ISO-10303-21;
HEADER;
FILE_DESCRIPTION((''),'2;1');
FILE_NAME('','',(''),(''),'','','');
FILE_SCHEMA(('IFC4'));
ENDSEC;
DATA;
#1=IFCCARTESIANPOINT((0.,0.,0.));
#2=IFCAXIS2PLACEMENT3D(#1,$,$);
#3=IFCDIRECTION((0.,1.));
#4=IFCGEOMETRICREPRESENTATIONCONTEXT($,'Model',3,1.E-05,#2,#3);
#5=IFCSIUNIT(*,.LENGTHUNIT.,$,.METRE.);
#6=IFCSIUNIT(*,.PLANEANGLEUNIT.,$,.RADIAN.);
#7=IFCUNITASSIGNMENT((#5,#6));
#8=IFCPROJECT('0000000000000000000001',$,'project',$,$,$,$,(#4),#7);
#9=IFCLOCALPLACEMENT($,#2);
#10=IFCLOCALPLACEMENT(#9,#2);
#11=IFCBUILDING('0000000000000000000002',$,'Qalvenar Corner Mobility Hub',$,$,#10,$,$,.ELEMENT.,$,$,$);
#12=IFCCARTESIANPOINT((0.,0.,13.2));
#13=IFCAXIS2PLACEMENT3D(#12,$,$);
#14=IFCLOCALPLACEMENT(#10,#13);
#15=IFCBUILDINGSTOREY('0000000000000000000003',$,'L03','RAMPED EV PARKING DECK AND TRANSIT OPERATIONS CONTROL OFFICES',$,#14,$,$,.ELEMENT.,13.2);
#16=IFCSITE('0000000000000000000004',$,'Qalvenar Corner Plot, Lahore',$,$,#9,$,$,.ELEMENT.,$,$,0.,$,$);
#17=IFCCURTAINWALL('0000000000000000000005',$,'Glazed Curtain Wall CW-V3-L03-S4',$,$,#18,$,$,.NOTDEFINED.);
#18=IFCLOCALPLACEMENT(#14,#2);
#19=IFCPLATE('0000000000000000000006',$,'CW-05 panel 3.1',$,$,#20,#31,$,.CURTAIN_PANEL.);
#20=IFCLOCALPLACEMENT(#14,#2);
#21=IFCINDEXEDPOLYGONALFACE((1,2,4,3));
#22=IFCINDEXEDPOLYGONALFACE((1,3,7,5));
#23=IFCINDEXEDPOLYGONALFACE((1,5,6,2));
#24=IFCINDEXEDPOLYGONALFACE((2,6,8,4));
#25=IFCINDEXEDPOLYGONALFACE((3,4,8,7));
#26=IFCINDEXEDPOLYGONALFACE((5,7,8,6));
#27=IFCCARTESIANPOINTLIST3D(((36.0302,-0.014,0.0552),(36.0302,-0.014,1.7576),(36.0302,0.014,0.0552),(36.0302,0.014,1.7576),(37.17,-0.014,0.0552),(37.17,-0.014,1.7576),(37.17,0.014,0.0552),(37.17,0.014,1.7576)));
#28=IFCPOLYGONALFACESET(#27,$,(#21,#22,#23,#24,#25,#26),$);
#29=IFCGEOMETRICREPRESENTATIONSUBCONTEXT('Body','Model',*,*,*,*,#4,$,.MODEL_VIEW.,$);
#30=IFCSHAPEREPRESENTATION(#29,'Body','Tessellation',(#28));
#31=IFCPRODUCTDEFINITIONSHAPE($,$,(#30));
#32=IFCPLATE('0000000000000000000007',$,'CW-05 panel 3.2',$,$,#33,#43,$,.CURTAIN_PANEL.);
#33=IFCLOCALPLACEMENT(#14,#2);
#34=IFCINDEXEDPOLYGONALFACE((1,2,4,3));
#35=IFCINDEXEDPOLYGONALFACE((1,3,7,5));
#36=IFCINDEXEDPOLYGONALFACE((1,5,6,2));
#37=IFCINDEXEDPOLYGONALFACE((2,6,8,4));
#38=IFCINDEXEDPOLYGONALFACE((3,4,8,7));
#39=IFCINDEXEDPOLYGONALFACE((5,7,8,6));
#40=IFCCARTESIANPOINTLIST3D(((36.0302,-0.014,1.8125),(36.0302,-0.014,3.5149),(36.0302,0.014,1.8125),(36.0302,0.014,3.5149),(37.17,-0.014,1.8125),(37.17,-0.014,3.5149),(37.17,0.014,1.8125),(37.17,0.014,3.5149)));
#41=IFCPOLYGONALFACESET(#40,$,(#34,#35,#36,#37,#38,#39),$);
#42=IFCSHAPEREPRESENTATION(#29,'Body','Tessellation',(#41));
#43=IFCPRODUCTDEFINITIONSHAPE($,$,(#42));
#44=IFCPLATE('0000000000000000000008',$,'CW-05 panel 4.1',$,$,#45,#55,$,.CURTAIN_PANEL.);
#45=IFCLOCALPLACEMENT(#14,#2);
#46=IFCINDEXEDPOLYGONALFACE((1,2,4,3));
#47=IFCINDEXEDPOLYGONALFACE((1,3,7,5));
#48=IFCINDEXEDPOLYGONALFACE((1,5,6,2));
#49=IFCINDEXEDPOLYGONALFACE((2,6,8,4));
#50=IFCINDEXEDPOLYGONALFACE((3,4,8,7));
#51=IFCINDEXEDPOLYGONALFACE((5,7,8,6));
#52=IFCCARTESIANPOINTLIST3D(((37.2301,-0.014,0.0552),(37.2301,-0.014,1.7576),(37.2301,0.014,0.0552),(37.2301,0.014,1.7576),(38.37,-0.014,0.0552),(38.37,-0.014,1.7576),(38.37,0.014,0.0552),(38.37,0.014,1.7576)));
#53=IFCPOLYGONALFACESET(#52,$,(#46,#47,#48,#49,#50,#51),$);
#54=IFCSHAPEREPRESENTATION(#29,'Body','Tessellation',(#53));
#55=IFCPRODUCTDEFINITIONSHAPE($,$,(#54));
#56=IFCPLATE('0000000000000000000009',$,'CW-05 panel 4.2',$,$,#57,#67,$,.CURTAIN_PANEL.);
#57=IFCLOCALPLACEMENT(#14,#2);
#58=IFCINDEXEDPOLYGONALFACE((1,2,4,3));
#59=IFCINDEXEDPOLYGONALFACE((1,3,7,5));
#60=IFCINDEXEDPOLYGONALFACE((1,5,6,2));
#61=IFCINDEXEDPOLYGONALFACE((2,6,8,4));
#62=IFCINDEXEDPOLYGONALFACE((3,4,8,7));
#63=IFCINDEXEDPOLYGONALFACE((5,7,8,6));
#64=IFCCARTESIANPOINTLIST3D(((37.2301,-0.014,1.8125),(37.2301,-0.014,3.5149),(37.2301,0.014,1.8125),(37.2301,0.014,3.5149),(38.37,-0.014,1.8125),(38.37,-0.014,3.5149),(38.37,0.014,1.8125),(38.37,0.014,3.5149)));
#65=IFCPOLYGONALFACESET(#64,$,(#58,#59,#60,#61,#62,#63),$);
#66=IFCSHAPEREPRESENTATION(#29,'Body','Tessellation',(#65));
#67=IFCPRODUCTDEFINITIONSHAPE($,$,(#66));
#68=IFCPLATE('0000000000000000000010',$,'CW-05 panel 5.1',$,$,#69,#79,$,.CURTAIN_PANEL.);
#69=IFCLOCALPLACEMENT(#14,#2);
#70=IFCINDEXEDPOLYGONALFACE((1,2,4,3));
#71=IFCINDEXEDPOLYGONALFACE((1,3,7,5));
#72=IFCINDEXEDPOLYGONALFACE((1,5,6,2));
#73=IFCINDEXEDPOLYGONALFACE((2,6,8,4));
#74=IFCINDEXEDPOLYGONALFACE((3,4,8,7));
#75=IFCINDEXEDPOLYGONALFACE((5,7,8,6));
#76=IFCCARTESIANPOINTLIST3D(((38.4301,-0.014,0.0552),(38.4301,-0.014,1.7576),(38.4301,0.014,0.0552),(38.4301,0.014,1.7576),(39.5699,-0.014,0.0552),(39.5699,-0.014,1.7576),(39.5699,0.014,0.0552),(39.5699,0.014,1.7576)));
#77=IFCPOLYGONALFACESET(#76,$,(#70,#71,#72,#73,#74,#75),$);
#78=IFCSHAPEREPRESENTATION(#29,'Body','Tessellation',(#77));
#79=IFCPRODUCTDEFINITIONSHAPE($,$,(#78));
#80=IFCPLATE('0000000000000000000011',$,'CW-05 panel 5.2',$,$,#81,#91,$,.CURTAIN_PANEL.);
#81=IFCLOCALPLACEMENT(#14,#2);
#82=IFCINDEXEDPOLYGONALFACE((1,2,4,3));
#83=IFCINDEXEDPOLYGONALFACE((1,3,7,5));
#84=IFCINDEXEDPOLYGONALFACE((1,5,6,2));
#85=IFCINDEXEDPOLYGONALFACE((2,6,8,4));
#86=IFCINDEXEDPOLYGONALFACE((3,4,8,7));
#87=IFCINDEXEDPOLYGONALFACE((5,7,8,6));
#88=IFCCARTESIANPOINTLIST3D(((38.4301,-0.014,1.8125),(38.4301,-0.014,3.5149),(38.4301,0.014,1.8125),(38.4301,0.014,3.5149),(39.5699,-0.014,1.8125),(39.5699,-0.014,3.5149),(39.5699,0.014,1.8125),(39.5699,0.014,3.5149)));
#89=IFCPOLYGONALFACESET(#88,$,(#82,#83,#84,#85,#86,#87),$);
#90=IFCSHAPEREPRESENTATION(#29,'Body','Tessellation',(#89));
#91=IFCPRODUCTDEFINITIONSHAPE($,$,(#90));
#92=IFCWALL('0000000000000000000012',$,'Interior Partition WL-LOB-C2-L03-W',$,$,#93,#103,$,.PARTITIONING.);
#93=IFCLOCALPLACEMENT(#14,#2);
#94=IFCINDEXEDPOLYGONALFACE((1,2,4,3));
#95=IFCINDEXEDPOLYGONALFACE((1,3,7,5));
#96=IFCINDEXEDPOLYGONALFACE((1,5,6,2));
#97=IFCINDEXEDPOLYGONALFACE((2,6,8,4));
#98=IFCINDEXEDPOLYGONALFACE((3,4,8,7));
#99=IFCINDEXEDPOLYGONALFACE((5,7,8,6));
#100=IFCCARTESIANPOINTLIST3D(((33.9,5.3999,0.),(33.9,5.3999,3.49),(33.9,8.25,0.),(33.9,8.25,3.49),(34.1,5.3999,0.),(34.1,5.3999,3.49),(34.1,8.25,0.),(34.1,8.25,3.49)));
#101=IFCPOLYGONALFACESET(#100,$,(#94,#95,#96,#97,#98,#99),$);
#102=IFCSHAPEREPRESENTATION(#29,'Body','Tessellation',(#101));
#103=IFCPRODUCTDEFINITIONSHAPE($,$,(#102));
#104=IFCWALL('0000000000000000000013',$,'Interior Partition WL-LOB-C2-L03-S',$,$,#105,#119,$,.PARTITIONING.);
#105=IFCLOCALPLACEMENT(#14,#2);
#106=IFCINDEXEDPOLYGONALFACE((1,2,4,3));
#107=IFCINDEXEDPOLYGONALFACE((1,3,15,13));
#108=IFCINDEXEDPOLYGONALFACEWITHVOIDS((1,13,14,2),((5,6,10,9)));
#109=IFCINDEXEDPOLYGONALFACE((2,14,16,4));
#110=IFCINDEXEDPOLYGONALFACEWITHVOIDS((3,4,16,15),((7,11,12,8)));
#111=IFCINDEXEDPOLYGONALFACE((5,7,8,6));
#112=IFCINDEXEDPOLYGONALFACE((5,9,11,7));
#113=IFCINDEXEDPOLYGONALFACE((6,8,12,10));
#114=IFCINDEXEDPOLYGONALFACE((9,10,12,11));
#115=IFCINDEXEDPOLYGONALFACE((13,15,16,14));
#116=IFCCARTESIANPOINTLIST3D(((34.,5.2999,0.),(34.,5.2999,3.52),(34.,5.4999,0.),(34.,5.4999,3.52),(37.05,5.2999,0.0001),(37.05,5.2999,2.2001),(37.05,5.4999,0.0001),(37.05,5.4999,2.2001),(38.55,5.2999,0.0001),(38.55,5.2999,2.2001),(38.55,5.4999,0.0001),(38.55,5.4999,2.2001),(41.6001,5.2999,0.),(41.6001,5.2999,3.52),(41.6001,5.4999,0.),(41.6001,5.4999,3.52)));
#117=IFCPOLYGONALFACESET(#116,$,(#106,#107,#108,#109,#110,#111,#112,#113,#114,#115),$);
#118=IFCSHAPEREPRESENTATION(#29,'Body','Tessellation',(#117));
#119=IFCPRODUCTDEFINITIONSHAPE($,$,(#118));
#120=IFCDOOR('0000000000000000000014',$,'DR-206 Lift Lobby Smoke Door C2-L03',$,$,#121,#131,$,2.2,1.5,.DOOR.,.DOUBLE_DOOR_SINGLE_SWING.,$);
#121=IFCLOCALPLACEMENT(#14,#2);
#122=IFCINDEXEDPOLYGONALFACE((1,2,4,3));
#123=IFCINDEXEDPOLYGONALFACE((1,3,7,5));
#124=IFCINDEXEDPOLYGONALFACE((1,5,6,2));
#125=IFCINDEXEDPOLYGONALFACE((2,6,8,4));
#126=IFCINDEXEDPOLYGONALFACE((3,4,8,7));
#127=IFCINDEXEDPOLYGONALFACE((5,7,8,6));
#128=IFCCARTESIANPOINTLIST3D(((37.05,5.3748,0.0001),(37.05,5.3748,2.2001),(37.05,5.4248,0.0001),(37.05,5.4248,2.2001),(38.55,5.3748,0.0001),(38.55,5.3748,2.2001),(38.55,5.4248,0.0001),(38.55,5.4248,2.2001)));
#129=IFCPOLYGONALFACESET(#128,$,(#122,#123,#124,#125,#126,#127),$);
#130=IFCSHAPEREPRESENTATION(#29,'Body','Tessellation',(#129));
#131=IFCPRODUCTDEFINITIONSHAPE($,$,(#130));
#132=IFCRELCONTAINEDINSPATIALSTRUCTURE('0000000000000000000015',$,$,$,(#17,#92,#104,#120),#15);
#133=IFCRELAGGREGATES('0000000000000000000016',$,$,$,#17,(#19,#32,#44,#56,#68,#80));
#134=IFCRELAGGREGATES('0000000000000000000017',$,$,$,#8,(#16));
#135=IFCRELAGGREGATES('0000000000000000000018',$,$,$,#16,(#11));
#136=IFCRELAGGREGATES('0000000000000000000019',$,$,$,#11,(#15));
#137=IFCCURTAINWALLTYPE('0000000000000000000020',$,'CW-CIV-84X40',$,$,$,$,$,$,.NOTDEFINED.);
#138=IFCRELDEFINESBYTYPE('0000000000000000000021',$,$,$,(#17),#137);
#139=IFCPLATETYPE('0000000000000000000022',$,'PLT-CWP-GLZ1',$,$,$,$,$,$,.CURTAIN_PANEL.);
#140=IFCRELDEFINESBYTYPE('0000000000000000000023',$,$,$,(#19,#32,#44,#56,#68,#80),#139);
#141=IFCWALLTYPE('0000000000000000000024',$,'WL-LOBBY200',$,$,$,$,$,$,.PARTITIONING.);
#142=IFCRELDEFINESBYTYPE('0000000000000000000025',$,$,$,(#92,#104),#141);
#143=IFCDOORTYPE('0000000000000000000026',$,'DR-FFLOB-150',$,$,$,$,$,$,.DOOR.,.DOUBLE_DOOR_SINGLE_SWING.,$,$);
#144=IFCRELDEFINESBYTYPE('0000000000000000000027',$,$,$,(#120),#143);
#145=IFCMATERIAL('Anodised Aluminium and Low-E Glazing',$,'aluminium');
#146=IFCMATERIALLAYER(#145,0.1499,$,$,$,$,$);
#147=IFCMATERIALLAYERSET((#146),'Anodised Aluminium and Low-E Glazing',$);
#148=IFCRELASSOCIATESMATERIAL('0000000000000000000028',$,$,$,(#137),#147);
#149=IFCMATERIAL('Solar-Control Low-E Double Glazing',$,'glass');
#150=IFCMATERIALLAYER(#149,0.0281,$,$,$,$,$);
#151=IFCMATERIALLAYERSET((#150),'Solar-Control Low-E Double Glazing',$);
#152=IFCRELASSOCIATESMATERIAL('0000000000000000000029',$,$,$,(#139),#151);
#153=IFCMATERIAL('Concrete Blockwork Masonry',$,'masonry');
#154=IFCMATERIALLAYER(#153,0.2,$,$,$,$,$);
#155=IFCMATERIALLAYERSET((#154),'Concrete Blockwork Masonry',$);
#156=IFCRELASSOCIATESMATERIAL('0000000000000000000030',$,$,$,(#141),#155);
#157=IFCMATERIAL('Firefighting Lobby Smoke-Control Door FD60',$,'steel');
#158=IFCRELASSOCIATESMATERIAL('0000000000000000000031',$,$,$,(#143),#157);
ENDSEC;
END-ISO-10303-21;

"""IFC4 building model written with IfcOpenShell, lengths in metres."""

from ifc_helpers import new_model, si_unit, direction, frame, frame_2d, origin, origin_2d, place, context, subcontext, project, spatial, rectangle, extrude, material, layer, layer_set, type_object, element, fill, aggregate, save


model = new_model("IFC4")

# Units and contexts
model_context = context("Model", 3, precision=1e-05, world=origin(), true_north=direction((0.0, 1.0)))
body_context = subcontext(model_context, "Body", "Model", "MODEL_VIEW")
ifc_project = project(units=[si_unit("LENGTHUNIT", "METRE"), si_unit("PLANEANGLEUNIT", "RADIAN")], contexts=[model_context])

# Site, building, storey
site_placement = place(None, origin())
site = spatial("IfcSite", under=ifc_project, at=site_placement, Name="Qalvenar Corner Plot, Lahore", CompositionType="ELEMENT", RefElevation=0.0)
building_placement = place(site_placement, origin())
building = spatial("IfcBuilding", under=site, at=building_placement, Name="Qalvenar Corner Mobility Hub", CompositionType="ELEMENT")
storey_placement = place(building_placement, frame((0.0, 0.0, 13.2)))
storey = spatial("IfcBuildingStorey", under=building, at=storey_placement, Name="L03", Description="RAMPED EV PARKING DECK AND TRANSIT OPERATIONS CONTROL OFFICES", CompositionType="ELEMENT", Elevation=13.2)

# Curtain wall, plates
ifc_material_1 = material(Name="Anodised Aluminium and Low-E Glazing", Category="aluminium")
ifc_layer_1 = layer(ifc_material_1, 0.1499)
ifc_layer_set_1 = layer_set([ifc_layer_1], Name="Anodised Aluminium and Low-E Glazing")
curtain_wall_type = type_object("IfcCurtainWallType", Name="CW-CIV-84X40", PredefinedType="NOTDEFINED", material=ifc_layer_set_1)
curtain_wall_placement = place(storey_placement, origin())
curtain_wall = element("IfcCurtainWall", 1, at=curtain_wall_placement, inside=storey, type_object=curtain_wall_type, Name="Glazed Curtain Wall CW-V3-L03-S4", PredefinedType="NOTDEFINED")
ifc_material_2 = material(Name="Solar-Control Low-E Double Glazing", Category="glass")
ifc_layer_2 = layer(ifc_material_2, 0.0281)
ifc_layer_set_2 = layer_set([ifc_layer_2], Name="Solar-Control Low-E Double Glazing")
plate_type = type_object("IfcPlateType", Name="PLT-CWP-GLZ1", PredefinedType="CURTAIN_PANEL", material=ifc_layer_set_2)
plate_1_placement = place(storey_placement, frame((36.6001, 0.0, 0.0552), z_axis=(0.0, 0.0, 1.0), x_axis=(1.0, 0.0, 0.0)))
plate_1 = element("IfcPlate", 2, at=plate_1_placement, type_object=plate_type, Name="CW-05 panel 3.1", PredefinedType="CURTAIN_PANEL", context=body_context, shape_type="SweptSolid", body=[
    extrude(rectangle(XDim=1.1399, YDim=0.0281, at=origin_2d()), origin(), (0.0, 0.0, 1.0), 1.7024),
])
plate_2_placement = place(storey_placement, frame((36.6001, 0.0, 1.8125), z_axis=(0.0, 0.0, 1.0), x_axis=(1.0, 0.0, 0.0)))
plate_2 = element("IfcPlate", 3, at=plate_2_placement, type_object=plate_type, Name="CW-05 panel 3.2", PredefinedType="CURTAIN_PANEL", context=body_context, shape_type="SweptSolid", body=[
    extrude(rectangle(XDim=1.1399, YDim=0.0281, at=origin_2d()), origin(), (0.0, 0.0, 1.0), 1.7024),
])
plate_3_placement = place(storey_placement, frame((37.8, 0.0, 0.0552), z_axis=(0.0, 0.0, 1.0), x_axis=(1.0, 0.0, 0.0)))
plate_3 = element("IfcPlate", 4, at=plate_3_placement, type_object=plate_type, Name="CW-05 panel 4.1", PredefinedType="CURTAIN_PANEL", context=body_context, shape_type="SweptSolid", body=[
    extrude(rectangle(XDim=1.1399, YDim=0.0281, at=origin_2d()), origin(), (0.0, 0.0, 1.0), 1.7024),
])
plate_4_placement = place(storey_placement, frame((37.8, 0.0, 1.8125), z_axis=(0.0, 0.0, 1.0), x_axis=(1.0, 0.0, 0.0)))
plate_4 = element("IfcPlate", 5, at=plate_4_placement, type_object=plate_type, Name="CW-05 panel 4.2", PredefinedType="CURTAIN_PANEL", context=body_context, shape_type="SweptSolid", body=[
    extrude(rectangle(XDim=1.1399, YDim=0.0281, at=origin_2d()), origin(), (0.0, 0.0, 1.0), 1.7024),
])
plate_5_placement = place(storey_placement, frame((39.0, 0.0, 0.0552), z_axis=(0.0, 0.0, 1.0), x_axis=(1.0, 0.0, 0.0)))
plate_5 = element("IfcPlate", 6, at=plate_5_placement, type_object=plate_type, Name="CW-05 panel 5.1", PredefinedType="CURTAIN_PANEL", context=body_context, shape_type="SweptSolid", body=[
    extrude(rectangle(XDim=1.1399, YDim=0.0281, at=origin_2d()), origin(), (0.0, 0.0, 1.0), 1.7024),
])
plate_6_placement = place(storey_placement, frame((39.0, 0.0, 1.8125), z_axis=(0.0, 0.0, 1.0), x_axis=(1.0, 0.0, 0.0)))
plate_6 = element("IfcPlate", 7, at=plate_6_placement, type_object=plate_type, Name="CW-05 panel 5.2", PredefinedType="CURTAIN_PANEL", context=body_context, shape_type="SweptSolid", body=[
    extrude(rectangle(XDim=1.1399, YDim=0.0281, at=origin_2d()), origin(), (0.0, 0.0, 1.0), 1.7024),
])
aggregate(curtain_wall, [plate_1, plate_2, plate_3, plate_4, plate_5, plate_6])

# Wall
ifc_material_3 = material(Name="Concrete Blockwork Masonry", Category="masonry")
ifc_layer_3 = layer(ifc_material_3, 0.2)
ifc_layer_set_3 = layer_set([ifc_layer_3], Name="Concrete Blockwork Masonry")
wall_type = type_object("IfcWallType", Name="WL-LOBBY200", PredefinedType="PARTITIONING", material=ifc_layer_set_3)
wall_1_placement = place(storey_placement, frame((34.0, 5.3999, 0.0), z_axis=(0.0, 0.0, 1.0), x_axis=(0.0, 1.0, 0.0)))
element("IfcWall", 8, at=wall_1_placement, inside=storey, type_object=wall_type, Name="Interior Partition WL-LOB-C2-L03-W", PredefinedType="PARTITIONING", context=body_context, shape_type="SweptSolid", body=[
    extrude(rectangle(XDim=2.8501, YDim=0.2, at=frame_2d((1.425, 0.0))), origin(), (0.0, 0.0, 1.0), 3.49),
])

# Wall, opening, door
wall_2_placement = place(storey_placement, frame((34.0, 5.3999, 0.0), z_axis=(0.0, 0.0, 1.0), x_axis=(1.0, 0.0, 0.0)))
wall_2 = element("IfcWall", 9, at=wall_2_placement, inside=storey, type_object=wall_type, Name="Interior Partition WL-LOB-C2-L03-S", PredefinedType="PARTITIONING", context=body_context, shape_type="SweptSolid", body=[
    extrude(rectangle(XDim=7.6001, YDim=0.2, at=frame_2d((3.8, 0.0))), origin(), (0.0, 0.0, 1.0), 3.52),
])
opening_placement = place(wall_2_placement, frame((3.05, 0.0, 0.0)))
opening = element("IfcOpeningElement", 10, at=opening_placement, cuts=wall_2, PredefinedType="OPENING", context=body_context, shape_type="SweptSolid", body=[
    extrude(rectangle(XDim=1.5, YDim=2.2, at=frame_2d((0.75, 1.1001))), frame((0.0, 0.1099, 0.0), z_axis=(0.0, -1.0, 0.0), x_axis=(1.0, 0.0, 0.0)), (0.0, 0.0, 1.0), 0.22),
])
ifc_material_4 = material(Name="Firefighting Lobby Smoke-Control Door FD60", Category="steel")
door_type = type_object("IfcDoorType", Name="DR-FFLOB-150", OperationType="DOUBLE_DOOR_SINGLE_SWING", PredefinedType="DOOR", material=ifc_material_4)
door_placement = place(opening_placement, origin())
door = element("IfcDoor", 11, at=door_placement, inside=storey, type_object=door_type, Name="DR-206 Lift Lobby Smoke Door C2-L03", OperationType="DOUBLE_DOOR_SINGLE_SWING", OverallHeight=2.2, OverallWidth=1.5, PredefinedType="DOOR", context=body_context, shape_type="SweptSolid", body=[
    extrude(rectangle(XDim=1.5, YDim=2.2, at=frame_2d((0.75, 1.1001))), frame((0.0, 0.0249, 0.0), z_axis=(0.0, -1.0, 0.0), x_axis=(1.0, 0.0, 0.0)), (0.0, 0.0, 1.0), 0.05),
])
fill(opening, door)

save(model, "model.ifc")
